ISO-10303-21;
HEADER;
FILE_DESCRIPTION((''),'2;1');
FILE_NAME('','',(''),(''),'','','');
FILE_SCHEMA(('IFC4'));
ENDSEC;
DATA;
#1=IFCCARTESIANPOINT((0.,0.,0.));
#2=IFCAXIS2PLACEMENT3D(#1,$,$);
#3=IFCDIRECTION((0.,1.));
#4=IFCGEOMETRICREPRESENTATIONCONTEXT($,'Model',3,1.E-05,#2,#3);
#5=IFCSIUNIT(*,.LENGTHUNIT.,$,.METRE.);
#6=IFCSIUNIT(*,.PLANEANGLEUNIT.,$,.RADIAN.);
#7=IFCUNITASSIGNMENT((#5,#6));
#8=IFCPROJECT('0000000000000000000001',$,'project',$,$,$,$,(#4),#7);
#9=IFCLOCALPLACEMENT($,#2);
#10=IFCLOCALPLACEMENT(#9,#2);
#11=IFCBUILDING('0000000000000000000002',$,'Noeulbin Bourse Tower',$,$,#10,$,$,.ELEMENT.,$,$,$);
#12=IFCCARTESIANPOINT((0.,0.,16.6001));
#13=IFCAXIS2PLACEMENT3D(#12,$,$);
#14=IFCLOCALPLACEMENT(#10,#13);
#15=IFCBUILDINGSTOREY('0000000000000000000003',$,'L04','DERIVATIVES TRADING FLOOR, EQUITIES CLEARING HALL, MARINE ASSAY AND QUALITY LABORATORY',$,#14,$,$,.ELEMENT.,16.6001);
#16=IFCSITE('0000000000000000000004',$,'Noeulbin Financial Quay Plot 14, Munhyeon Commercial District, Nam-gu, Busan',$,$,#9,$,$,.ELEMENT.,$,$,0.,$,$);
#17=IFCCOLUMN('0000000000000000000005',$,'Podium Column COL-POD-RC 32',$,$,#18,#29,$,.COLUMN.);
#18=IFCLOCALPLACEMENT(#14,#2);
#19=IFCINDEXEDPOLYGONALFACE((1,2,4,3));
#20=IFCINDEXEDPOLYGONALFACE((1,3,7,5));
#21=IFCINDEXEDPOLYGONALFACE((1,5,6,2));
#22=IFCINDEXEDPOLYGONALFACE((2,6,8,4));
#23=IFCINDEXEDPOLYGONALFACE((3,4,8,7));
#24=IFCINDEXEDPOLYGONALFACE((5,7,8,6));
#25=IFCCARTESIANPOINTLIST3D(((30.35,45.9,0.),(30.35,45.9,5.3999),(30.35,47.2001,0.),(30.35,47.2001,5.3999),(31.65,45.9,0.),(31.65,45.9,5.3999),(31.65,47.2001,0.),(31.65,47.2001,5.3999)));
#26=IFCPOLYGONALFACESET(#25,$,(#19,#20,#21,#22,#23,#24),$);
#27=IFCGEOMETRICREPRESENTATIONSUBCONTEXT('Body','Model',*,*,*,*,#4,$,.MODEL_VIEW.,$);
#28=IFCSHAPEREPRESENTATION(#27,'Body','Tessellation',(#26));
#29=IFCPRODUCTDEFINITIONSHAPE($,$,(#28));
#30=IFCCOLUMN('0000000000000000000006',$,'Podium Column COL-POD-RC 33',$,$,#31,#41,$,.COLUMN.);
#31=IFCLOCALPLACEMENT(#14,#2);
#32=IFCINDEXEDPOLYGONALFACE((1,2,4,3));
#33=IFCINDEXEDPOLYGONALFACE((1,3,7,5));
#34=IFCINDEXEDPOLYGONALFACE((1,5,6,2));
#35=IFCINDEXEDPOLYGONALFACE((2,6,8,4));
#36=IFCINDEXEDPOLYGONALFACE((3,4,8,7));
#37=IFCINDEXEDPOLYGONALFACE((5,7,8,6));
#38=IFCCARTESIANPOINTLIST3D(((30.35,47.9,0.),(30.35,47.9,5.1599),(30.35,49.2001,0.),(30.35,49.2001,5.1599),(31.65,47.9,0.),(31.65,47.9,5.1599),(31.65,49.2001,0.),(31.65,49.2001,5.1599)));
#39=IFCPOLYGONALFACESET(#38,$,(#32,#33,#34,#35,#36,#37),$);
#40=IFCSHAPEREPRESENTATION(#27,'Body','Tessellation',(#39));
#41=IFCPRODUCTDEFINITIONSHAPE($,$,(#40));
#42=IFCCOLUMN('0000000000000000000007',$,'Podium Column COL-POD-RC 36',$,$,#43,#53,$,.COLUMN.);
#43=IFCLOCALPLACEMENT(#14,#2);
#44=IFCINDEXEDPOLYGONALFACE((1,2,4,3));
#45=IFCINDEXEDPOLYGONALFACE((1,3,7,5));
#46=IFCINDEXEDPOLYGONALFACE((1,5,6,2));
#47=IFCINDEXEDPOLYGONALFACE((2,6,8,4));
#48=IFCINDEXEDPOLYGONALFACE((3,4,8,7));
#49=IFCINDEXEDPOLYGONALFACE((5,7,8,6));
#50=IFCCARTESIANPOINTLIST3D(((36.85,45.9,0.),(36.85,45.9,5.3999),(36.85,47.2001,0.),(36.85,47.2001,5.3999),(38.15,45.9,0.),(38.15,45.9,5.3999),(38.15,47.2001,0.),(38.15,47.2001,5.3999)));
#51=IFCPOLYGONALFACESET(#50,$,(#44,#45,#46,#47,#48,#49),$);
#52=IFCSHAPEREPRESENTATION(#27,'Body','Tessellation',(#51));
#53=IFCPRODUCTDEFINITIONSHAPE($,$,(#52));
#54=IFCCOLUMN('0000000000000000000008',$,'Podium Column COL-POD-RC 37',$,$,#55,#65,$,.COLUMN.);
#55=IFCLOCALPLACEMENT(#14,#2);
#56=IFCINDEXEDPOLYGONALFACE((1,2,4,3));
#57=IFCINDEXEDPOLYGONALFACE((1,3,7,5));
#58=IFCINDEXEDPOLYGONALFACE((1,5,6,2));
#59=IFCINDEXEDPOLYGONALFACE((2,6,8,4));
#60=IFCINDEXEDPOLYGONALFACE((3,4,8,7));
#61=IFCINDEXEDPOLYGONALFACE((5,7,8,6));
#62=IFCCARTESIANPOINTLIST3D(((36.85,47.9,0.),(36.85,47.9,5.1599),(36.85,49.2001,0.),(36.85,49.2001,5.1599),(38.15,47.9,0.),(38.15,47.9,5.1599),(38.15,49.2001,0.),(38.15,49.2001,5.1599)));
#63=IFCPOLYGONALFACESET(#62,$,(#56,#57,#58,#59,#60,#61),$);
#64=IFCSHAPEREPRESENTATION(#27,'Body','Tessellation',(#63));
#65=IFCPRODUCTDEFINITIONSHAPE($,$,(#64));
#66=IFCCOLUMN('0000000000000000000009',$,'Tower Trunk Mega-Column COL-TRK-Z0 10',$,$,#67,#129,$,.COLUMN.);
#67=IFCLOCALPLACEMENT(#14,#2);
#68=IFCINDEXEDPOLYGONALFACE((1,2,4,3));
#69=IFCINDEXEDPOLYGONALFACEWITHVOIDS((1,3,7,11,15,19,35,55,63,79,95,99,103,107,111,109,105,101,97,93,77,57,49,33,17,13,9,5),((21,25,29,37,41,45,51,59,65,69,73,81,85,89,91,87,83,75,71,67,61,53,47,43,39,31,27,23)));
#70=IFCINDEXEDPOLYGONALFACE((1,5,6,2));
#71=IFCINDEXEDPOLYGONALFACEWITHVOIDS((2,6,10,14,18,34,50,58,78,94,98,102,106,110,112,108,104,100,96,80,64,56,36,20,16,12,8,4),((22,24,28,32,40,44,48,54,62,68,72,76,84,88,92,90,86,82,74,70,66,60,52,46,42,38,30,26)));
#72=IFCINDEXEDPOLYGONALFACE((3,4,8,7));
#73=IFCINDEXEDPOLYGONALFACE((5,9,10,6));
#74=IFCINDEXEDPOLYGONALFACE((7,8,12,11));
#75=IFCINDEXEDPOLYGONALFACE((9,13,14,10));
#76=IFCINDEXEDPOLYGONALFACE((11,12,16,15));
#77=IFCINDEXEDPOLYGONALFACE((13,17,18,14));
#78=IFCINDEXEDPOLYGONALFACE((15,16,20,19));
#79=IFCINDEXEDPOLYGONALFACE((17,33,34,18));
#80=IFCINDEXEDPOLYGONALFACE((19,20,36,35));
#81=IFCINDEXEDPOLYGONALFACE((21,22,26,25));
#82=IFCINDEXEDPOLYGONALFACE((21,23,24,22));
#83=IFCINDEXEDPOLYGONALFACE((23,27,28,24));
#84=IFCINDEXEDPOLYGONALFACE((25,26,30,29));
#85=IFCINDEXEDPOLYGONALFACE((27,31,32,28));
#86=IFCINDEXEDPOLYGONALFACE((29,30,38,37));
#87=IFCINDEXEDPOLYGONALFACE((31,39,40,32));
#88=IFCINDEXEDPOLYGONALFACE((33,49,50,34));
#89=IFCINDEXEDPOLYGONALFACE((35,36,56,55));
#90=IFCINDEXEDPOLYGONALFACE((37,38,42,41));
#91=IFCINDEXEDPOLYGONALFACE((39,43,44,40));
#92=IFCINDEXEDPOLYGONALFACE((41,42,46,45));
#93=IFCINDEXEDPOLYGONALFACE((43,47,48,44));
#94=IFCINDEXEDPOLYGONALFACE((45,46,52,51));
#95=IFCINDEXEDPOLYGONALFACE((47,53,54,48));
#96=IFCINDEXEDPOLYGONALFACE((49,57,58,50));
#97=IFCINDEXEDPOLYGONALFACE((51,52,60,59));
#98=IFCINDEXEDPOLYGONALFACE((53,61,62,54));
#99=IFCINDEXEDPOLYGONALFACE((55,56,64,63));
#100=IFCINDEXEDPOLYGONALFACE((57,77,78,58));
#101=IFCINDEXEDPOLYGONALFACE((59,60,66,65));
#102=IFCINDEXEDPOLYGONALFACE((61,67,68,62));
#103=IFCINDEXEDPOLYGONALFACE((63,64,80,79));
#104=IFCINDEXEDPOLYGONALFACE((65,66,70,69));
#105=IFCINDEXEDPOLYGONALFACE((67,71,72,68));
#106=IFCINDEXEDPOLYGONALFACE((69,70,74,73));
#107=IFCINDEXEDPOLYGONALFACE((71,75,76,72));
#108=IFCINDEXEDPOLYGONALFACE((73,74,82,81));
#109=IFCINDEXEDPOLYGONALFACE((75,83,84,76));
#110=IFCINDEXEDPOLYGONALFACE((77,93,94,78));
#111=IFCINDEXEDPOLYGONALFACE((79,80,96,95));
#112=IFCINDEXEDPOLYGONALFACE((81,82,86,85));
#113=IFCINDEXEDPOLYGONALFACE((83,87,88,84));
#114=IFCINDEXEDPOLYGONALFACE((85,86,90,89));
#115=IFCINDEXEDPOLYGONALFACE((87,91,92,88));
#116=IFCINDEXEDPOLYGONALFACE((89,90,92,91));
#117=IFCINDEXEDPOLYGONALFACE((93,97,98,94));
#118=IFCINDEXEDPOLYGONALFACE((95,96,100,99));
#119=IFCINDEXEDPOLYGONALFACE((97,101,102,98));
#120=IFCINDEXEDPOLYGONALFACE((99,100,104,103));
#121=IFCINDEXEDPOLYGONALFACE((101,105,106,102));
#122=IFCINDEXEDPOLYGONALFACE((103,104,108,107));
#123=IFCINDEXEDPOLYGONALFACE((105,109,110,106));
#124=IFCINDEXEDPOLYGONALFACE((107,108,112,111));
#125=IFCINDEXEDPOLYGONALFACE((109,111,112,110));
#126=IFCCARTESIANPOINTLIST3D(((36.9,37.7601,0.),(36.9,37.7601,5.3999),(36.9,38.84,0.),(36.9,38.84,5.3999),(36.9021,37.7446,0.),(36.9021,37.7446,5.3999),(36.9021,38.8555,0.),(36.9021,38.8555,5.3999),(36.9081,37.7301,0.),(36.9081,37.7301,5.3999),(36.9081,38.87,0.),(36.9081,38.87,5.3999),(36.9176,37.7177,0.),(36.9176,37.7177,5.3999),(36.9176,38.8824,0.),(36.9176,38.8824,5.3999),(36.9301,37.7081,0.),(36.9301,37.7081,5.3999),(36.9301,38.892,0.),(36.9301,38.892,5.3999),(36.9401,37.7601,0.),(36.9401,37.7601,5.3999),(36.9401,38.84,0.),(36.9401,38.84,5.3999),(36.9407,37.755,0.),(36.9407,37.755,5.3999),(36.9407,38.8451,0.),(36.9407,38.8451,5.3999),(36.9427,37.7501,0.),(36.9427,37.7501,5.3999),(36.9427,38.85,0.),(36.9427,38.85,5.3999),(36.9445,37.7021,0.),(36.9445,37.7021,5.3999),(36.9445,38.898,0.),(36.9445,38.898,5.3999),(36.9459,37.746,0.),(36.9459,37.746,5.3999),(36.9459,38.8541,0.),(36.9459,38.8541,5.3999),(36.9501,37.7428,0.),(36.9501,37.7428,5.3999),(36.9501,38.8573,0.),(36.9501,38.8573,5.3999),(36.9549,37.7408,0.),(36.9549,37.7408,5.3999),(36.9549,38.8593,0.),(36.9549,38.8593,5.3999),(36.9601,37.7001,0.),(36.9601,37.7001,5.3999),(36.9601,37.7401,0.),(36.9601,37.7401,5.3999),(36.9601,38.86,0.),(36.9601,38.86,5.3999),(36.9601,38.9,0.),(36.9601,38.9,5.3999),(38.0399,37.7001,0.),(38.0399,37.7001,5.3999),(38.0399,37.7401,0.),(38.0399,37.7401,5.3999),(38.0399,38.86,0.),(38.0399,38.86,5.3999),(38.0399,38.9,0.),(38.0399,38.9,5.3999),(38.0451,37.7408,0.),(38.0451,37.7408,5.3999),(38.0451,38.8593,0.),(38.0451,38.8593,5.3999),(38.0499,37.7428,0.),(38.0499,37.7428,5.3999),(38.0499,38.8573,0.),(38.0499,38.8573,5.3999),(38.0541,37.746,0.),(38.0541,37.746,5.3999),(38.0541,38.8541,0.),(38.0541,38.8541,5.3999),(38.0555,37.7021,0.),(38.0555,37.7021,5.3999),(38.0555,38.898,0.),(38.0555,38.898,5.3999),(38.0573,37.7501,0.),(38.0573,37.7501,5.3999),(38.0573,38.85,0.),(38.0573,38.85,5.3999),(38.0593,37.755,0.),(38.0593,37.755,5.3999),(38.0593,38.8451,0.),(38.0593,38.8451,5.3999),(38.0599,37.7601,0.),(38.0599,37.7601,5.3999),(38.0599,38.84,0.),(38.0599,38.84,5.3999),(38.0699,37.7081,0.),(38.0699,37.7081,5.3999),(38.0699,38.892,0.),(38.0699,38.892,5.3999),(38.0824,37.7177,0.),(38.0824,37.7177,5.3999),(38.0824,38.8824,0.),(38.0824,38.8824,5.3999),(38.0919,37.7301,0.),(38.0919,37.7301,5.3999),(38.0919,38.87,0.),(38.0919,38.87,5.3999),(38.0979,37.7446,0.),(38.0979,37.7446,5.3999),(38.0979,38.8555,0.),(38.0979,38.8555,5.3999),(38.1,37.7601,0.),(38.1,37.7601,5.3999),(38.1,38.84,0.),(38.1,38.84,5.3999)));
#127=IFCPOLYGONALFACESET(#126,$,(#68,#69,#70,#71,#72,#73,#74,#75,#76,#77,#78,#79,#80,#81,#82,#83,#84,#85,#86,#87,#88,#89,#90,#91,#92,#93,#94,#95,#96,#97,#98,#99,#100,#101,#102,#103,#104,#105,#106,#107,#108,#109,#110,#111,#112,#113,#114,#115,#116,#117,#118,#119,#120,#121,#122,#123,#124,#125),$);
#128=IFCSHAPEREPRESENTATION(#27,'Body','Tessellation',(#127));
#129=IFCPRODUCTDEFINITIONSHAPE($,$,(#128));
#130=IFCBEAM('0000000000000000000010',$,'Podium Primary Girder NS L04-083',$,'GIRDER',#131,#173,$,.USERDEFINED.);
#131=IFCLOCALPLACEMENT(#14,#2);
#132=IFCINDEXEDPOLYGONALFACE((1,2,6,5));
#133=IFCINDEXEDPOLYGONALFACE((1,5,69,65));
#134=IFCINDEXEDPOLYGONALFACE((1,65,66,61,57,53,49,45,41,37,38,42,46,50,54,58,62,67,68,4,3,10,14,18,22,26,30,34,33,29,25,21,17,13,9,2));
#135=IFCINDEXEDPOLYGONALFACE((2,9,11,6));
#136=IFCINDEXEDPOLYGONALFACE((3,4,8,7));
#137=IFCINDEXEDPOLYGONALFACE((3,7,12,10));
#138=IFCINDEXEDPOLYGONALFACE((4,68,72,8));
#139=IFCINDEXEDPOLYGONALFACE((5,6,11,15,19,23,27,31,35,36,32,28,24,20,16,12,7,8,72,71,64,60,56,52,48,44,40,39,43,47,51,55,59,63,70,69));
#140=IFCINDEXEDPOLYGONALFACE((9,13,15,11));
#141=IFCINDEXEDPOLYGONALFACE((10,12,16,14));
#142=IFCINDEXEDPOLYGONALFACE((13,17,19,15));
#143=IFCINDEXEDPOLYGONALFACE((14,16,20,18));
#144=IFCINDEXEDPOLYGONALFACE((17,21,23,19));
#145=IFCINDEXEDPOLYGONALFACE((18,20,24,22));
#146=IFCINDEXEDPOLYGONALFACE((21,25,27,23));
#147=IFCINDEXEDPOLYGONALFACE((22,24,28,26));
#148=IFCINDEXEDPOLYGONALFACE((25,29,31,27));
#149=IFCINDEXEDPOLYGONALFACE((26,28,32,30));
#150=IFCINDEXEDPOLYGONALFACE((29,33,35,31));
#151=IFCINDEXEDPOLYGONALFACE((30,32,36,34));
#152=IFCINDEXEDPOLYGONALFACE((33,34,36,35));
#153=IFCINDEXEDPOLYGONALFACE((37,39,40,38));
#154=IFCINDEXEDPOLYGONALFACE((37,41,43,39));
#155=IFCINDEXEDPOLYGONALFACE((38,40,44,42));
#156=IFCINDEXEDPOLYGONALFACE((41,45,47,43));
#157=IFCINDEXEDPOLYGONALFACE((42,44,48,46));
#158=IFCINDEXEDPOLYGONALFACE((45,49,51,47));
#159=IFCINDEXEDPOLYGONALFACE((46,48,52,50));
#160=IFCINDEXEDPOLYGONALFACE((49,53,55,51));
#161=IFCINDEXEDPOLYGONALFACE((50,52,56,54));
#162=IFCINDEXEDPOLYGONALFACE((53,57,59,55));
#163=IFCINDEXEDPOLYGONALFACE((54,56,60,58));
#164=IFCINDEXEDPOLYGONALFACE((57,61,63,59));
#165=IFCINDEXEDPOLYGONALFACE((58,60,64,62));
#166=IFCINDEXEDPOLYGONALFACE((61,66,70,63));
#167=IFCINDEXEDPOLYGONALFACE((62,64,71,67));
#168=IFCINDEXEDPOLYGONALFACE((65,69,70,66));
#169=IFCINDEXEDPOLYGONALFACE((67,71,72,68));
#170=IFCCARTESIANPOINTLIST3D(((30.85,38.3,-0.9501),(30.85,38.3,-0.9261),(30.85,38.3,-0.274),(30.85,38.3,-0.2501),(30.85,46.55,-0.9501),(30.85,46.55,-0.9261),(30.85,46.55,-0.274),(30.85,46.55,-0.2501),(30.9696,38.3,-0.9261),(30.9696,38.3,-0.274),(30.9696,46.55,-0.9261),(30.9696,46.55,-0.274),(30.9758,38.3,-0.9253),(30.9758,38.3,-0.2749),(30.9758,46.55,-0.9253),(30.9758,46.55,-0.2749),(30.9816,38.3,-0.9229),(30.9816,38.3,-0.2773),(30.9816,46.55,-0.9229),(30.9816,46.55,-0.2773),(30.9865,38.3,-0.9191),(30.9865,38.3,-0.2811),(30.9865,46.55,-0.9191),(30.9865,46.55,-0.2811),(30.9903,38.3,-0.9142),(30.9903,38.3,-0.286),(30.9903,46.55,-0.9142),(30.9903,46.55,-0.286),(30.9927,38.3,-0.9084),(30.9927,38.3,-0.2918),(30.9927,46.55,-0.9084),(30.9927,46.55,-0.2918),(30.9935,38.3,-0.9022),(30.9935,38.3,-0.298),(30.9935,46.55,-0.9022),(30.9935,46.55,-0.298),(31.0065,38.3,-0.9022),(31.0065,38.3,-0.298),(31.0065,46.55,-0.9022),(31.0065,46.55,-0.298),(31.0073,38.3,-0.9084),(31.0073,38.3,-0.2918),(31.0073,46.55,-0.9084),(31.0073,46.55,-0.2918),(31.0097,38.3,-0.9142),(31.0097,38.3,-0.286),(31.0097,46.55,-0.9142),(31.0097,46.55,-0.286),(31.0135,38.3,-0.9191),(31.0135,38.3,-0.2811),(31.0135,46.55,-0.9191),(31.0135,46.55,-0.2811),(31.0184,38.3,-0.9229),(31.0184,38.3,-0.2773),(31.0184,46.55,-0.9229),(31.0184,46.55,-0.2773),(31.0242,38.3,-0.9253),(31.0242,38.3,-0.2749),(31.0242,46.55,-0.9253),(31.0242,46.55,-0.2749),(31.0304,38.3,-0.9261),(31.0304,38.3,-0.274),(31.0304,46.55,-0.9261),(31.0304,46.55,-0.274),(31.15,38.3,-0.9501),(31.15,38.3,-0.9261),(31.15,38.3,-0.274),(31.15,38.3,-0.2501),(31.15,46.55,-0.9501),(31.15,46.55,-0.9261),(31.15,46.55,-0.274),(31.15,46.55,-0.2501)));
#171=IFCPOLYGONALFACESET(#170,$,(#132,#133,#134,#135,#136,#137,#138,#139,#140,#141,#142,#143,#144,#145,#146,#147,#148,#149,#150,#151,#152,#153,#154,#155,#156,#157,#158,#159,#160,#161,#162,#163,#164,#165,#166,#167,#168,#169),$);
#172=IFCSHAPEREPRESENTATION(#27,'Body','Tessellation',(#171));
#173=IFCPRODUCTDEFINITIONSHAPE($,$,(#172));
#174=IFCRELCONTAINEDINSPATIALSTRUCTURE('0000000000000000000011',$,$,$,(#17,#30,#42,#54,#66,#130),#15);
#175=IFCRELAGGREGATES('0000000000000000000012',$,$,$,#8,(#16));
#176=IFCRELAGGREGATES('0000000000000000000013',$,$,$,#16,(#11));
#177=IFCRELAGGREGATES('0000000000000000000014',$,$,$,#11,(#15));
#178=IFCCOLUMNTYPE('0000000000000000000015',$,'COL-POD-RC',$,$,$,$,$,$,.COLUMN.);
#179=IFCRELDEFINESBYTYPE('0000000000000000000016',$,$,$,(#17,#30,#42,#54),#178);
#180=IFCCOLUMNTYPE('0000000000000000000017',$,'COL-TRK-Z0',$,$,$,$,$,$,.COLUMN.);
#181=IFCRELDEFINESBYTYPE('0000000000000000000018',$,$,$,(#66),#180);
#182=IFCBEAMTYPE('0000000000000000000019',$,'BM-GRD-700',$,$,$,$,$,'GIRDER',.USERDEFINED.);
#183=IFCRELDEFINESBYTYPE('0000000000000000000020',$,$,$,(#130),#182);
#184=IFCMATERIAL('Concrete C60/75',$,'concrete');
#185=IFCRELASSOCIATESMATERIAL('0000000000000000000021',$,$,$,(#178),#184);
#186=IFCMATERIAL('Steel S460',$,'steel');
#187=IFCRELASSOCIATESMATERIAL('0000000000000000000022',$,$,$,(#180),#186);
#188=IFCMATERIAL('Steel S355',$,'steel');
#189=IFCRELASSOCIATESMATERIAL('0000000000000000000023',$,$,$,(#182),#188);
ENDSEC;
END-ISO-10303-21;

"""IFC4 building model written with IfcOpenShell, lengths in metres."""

from ifc_helpers import new_model, si_unit, direction, frame, origin, origin_2d, place, context, subcontext, project, spatial, rectangle, hollow_rectangle, i_section, extrude, material, material_profile, profile_set, type_object, element, save


model = new_model("IFC4")

# Units and contexts
model_context = context("Model", 3, precision=1e-05, world=origin(), true_north=direction((0.0, 1.0)))
body_context = subcontext(model_context, "Body", "Model", "MODEL_VIEW")
ifc_project = project(units=[si_unit("LENGTHUNIT", "METRE"), si_unit("PLANEANGLEUNIT", "RADIAN")], contexts=[model_context])

# Site, building, storey
site_placement = place(None, origin())
site = spatial("IfcSite", under=ifc_project, at=site_placement, Name="Noeulbin Financial Quay Plot 14, Munhyeon Commercial District, Nam-gu, Busan", CompositionType="ELEMENT", RefElevation=0.0)
building_placement = place(site_placement, origin())
building = spatial("IfcBuilding", under=site, at=building_placement, Name="Noeulbin Bourse Tower", CompositionType="ELEMENT")
storey_placement = place(building_placement, frame((0.0, 0.0, 16.6001)))
storey = spatial("IfcBuildingStorey", under=building, at=storey_placement, Name="L04", Description="DERIVATIVES TRADING FLOOR, EQUITIES CLEARING HALL, MARINE ASSAY AND QUALITY LABORATORY", CompositionType="ELEMENT", Elevation=16.6001)

# Columns
ifc_material_1 = material(Name="Concrete C60/75", Category="concrete")
ifc_material_profile_1 = material_profile(ifc_material_1, rectangle(XDim=1.3, YDim=1.3, at=origin_2d()), Name="RC-COL-1300x1300", Category="LoadBearing")
ifc_profile_set_1 = profile_set([ifc_material_profile_1], Name="Concrete C60/75")
column_type_1 = type_object("IfcColumnType", Name="COL-POD-RC", PredefinedType="COLUMN", material=ifc_profile_set_1)
column_1_placement = place(storey_placement, frame((31.0, 46.55, 0.0), z_axis=(0.0, 0.0, 1.0), x_axis=(1.0, 0.0, 0.0)))
element("IfcColumn", 1, at=column_1_placement, inside=storey, type_object=column_type_1, Name="Podium Column COL-POD-RC 32", PredefinedType="COLUMN", context=body_context, shape_type="SweptSolid", body=[
    extrude(rectangle(XDim=1.3, YDim=1.3, at=origin_2d()), origin(), (0.0, 0.0, 1.0), 5.3999),
])
column_2_placement = place(storey_placement, frame((31.0, 48.55, 0.0), z_axis=(0.0, 0.0, 1.0), x_axis=(1.0, 0.0, 0.0)))
element("IfcColumn", 2, at=column_2_placement, inside=storey, type_object=column_type_1, Name="Podium Column COL-POD-RC 33", PredefinedType="COLUMN", context=body_context, shape_type="SweptSolid", body=[
    extrude(rectangle(XDim=1.3, YDim=1.3, at=origin_2d()), origin(), (0.0, 0.0, 1.0), 5.1599),
])
column_3_placement = place(storey_placement, frame((37.5, 46.55, 0.0), z_axis=(0.0, 0.0, 1.0), x_axis=(1.0, 0.0, 0.0)))
element("IfcColumn", 3, at=column_3_placement, inside=storey, type_object=column_type_1, Name="Podium Column COL-POD-RC 36", PredefinedType="COLUMN", context=body_context, shape_type="SweptSolid", body=[
    extrude(rectangle(XDim=1.3, YDim=1.3, at=origin_2d()), origin(), (0.0, 0.0, 1.0), 5.3999),
])
column_4_placement = place(storey_placement, frame((37.5, 48.55, 0.0), z_axis=(0.0, 0.0, 1.0), x_axis=(1.0, 0.0, 0.0)))
element("IfcColumn", 4, at=column_4_placement, inside=storey, type_object=column_type_1, Name="Podium Column COL-POD-RC 37", PredefinedType="COLUMN", context=body_context, shape_type="SweptSolid", body=[
    extrude(rectangle(XDim=1.3, YDim=1.3, at=origin_2d()), origin(), (0.0, 0.0, 1.0), 5.1599),
])
ifc_material_2 = material(Name="Steel S460", Category="steel")
ifc_material_profile_2 = material_profile(ifc_material_2, hollow_rectangle(XDim=1.2, YDim=1.2, WallThickness=0.04, InnerFilletRadius=0.02, OuterFilletRadius=0.0601, at=origin_2d()), Name="BOX-1200x1200x40", Category="LoadBearing")
ifc_profile_set_2 = profile_set([ifc_material_profile_2], Name="Steel S460")
column_type_2 = type_object("IfcColumnType", Name="COL-TRK-Z0", PredefinedType="COLUMN", material=ifc_profile_set_2)
column_5_placement = place(storey_placement, frame((37.5, 38.3, 0.0), z_axis=(0.0, 0.0, 1.0), x_axis=(1.0, 0.0, 0.0)))
element("IfcColumn", 5, at=column_5_placement, inside=storey, type_object=column_type_2, Name="Tower Trunk Mega-Column COL-TRK-Z0 10", PredefinedType="COLUMN", context=body_context, shape_type="SweptSolid", body=[
    extrude(hollow_rectangle(XDim=1.2, YDim=1.2, WallThickness=0.04, InnerFilletRadius=0.02, OuterFilletRadius=0.0601, at=origin_2d()), origin(), (0.0, 0.0, 1.0), 5.3999),
])

# Beam
ifc_material_3 = material(Name="Steel S355", Category="steel")
ifc_material_profile_3 = material_profile(ifc_material_3, i_section(OverallWidth=0.3, OverallDepth=0.7, WebThickness=0.0129, FlangeThickness=0.0239, FilletRadius=0.0239, at=origin_2d()), Name="H-700x300x13x24", Category="LoadBearing")
ifc_profile_set_3 = profile_set([ifc_material_profile_3], Name="Steel S355")
beam_type_1 = type_object("IfcBeamType", Name="BM-GRD-700", ElementType="GIRDER", PredefinedType="USERDEFINED", material=ifc_profile_set_3)
beam_1_placement = place(storey_placement, frame((31.0, 38.3, -0.6001), z_axis=(0.0, 1.0, 0.0), x_axis=(-1.0, 0.0, 0.0)))
element("IfcBeam", 6, at=beam_1_placement, inside=storey, type_object=beam_type_1, Name="Podium Primary Girder NS L04-083", ObjectType="GIRDER", PredefinedType="USERDEFINED", context=body_context, shape_type="SweptSolid", body=[
    extrude(i_section(OverallWidth=0.3, OverallDepth=0.7, WebThickness=0.0129, FlangeThickness=0.0239, FilletRadius=0.0239, at=origin_2d()), origin(), (0.0, 0.0, 1.0), 8.25),
])

save(model, "model.ifc")
